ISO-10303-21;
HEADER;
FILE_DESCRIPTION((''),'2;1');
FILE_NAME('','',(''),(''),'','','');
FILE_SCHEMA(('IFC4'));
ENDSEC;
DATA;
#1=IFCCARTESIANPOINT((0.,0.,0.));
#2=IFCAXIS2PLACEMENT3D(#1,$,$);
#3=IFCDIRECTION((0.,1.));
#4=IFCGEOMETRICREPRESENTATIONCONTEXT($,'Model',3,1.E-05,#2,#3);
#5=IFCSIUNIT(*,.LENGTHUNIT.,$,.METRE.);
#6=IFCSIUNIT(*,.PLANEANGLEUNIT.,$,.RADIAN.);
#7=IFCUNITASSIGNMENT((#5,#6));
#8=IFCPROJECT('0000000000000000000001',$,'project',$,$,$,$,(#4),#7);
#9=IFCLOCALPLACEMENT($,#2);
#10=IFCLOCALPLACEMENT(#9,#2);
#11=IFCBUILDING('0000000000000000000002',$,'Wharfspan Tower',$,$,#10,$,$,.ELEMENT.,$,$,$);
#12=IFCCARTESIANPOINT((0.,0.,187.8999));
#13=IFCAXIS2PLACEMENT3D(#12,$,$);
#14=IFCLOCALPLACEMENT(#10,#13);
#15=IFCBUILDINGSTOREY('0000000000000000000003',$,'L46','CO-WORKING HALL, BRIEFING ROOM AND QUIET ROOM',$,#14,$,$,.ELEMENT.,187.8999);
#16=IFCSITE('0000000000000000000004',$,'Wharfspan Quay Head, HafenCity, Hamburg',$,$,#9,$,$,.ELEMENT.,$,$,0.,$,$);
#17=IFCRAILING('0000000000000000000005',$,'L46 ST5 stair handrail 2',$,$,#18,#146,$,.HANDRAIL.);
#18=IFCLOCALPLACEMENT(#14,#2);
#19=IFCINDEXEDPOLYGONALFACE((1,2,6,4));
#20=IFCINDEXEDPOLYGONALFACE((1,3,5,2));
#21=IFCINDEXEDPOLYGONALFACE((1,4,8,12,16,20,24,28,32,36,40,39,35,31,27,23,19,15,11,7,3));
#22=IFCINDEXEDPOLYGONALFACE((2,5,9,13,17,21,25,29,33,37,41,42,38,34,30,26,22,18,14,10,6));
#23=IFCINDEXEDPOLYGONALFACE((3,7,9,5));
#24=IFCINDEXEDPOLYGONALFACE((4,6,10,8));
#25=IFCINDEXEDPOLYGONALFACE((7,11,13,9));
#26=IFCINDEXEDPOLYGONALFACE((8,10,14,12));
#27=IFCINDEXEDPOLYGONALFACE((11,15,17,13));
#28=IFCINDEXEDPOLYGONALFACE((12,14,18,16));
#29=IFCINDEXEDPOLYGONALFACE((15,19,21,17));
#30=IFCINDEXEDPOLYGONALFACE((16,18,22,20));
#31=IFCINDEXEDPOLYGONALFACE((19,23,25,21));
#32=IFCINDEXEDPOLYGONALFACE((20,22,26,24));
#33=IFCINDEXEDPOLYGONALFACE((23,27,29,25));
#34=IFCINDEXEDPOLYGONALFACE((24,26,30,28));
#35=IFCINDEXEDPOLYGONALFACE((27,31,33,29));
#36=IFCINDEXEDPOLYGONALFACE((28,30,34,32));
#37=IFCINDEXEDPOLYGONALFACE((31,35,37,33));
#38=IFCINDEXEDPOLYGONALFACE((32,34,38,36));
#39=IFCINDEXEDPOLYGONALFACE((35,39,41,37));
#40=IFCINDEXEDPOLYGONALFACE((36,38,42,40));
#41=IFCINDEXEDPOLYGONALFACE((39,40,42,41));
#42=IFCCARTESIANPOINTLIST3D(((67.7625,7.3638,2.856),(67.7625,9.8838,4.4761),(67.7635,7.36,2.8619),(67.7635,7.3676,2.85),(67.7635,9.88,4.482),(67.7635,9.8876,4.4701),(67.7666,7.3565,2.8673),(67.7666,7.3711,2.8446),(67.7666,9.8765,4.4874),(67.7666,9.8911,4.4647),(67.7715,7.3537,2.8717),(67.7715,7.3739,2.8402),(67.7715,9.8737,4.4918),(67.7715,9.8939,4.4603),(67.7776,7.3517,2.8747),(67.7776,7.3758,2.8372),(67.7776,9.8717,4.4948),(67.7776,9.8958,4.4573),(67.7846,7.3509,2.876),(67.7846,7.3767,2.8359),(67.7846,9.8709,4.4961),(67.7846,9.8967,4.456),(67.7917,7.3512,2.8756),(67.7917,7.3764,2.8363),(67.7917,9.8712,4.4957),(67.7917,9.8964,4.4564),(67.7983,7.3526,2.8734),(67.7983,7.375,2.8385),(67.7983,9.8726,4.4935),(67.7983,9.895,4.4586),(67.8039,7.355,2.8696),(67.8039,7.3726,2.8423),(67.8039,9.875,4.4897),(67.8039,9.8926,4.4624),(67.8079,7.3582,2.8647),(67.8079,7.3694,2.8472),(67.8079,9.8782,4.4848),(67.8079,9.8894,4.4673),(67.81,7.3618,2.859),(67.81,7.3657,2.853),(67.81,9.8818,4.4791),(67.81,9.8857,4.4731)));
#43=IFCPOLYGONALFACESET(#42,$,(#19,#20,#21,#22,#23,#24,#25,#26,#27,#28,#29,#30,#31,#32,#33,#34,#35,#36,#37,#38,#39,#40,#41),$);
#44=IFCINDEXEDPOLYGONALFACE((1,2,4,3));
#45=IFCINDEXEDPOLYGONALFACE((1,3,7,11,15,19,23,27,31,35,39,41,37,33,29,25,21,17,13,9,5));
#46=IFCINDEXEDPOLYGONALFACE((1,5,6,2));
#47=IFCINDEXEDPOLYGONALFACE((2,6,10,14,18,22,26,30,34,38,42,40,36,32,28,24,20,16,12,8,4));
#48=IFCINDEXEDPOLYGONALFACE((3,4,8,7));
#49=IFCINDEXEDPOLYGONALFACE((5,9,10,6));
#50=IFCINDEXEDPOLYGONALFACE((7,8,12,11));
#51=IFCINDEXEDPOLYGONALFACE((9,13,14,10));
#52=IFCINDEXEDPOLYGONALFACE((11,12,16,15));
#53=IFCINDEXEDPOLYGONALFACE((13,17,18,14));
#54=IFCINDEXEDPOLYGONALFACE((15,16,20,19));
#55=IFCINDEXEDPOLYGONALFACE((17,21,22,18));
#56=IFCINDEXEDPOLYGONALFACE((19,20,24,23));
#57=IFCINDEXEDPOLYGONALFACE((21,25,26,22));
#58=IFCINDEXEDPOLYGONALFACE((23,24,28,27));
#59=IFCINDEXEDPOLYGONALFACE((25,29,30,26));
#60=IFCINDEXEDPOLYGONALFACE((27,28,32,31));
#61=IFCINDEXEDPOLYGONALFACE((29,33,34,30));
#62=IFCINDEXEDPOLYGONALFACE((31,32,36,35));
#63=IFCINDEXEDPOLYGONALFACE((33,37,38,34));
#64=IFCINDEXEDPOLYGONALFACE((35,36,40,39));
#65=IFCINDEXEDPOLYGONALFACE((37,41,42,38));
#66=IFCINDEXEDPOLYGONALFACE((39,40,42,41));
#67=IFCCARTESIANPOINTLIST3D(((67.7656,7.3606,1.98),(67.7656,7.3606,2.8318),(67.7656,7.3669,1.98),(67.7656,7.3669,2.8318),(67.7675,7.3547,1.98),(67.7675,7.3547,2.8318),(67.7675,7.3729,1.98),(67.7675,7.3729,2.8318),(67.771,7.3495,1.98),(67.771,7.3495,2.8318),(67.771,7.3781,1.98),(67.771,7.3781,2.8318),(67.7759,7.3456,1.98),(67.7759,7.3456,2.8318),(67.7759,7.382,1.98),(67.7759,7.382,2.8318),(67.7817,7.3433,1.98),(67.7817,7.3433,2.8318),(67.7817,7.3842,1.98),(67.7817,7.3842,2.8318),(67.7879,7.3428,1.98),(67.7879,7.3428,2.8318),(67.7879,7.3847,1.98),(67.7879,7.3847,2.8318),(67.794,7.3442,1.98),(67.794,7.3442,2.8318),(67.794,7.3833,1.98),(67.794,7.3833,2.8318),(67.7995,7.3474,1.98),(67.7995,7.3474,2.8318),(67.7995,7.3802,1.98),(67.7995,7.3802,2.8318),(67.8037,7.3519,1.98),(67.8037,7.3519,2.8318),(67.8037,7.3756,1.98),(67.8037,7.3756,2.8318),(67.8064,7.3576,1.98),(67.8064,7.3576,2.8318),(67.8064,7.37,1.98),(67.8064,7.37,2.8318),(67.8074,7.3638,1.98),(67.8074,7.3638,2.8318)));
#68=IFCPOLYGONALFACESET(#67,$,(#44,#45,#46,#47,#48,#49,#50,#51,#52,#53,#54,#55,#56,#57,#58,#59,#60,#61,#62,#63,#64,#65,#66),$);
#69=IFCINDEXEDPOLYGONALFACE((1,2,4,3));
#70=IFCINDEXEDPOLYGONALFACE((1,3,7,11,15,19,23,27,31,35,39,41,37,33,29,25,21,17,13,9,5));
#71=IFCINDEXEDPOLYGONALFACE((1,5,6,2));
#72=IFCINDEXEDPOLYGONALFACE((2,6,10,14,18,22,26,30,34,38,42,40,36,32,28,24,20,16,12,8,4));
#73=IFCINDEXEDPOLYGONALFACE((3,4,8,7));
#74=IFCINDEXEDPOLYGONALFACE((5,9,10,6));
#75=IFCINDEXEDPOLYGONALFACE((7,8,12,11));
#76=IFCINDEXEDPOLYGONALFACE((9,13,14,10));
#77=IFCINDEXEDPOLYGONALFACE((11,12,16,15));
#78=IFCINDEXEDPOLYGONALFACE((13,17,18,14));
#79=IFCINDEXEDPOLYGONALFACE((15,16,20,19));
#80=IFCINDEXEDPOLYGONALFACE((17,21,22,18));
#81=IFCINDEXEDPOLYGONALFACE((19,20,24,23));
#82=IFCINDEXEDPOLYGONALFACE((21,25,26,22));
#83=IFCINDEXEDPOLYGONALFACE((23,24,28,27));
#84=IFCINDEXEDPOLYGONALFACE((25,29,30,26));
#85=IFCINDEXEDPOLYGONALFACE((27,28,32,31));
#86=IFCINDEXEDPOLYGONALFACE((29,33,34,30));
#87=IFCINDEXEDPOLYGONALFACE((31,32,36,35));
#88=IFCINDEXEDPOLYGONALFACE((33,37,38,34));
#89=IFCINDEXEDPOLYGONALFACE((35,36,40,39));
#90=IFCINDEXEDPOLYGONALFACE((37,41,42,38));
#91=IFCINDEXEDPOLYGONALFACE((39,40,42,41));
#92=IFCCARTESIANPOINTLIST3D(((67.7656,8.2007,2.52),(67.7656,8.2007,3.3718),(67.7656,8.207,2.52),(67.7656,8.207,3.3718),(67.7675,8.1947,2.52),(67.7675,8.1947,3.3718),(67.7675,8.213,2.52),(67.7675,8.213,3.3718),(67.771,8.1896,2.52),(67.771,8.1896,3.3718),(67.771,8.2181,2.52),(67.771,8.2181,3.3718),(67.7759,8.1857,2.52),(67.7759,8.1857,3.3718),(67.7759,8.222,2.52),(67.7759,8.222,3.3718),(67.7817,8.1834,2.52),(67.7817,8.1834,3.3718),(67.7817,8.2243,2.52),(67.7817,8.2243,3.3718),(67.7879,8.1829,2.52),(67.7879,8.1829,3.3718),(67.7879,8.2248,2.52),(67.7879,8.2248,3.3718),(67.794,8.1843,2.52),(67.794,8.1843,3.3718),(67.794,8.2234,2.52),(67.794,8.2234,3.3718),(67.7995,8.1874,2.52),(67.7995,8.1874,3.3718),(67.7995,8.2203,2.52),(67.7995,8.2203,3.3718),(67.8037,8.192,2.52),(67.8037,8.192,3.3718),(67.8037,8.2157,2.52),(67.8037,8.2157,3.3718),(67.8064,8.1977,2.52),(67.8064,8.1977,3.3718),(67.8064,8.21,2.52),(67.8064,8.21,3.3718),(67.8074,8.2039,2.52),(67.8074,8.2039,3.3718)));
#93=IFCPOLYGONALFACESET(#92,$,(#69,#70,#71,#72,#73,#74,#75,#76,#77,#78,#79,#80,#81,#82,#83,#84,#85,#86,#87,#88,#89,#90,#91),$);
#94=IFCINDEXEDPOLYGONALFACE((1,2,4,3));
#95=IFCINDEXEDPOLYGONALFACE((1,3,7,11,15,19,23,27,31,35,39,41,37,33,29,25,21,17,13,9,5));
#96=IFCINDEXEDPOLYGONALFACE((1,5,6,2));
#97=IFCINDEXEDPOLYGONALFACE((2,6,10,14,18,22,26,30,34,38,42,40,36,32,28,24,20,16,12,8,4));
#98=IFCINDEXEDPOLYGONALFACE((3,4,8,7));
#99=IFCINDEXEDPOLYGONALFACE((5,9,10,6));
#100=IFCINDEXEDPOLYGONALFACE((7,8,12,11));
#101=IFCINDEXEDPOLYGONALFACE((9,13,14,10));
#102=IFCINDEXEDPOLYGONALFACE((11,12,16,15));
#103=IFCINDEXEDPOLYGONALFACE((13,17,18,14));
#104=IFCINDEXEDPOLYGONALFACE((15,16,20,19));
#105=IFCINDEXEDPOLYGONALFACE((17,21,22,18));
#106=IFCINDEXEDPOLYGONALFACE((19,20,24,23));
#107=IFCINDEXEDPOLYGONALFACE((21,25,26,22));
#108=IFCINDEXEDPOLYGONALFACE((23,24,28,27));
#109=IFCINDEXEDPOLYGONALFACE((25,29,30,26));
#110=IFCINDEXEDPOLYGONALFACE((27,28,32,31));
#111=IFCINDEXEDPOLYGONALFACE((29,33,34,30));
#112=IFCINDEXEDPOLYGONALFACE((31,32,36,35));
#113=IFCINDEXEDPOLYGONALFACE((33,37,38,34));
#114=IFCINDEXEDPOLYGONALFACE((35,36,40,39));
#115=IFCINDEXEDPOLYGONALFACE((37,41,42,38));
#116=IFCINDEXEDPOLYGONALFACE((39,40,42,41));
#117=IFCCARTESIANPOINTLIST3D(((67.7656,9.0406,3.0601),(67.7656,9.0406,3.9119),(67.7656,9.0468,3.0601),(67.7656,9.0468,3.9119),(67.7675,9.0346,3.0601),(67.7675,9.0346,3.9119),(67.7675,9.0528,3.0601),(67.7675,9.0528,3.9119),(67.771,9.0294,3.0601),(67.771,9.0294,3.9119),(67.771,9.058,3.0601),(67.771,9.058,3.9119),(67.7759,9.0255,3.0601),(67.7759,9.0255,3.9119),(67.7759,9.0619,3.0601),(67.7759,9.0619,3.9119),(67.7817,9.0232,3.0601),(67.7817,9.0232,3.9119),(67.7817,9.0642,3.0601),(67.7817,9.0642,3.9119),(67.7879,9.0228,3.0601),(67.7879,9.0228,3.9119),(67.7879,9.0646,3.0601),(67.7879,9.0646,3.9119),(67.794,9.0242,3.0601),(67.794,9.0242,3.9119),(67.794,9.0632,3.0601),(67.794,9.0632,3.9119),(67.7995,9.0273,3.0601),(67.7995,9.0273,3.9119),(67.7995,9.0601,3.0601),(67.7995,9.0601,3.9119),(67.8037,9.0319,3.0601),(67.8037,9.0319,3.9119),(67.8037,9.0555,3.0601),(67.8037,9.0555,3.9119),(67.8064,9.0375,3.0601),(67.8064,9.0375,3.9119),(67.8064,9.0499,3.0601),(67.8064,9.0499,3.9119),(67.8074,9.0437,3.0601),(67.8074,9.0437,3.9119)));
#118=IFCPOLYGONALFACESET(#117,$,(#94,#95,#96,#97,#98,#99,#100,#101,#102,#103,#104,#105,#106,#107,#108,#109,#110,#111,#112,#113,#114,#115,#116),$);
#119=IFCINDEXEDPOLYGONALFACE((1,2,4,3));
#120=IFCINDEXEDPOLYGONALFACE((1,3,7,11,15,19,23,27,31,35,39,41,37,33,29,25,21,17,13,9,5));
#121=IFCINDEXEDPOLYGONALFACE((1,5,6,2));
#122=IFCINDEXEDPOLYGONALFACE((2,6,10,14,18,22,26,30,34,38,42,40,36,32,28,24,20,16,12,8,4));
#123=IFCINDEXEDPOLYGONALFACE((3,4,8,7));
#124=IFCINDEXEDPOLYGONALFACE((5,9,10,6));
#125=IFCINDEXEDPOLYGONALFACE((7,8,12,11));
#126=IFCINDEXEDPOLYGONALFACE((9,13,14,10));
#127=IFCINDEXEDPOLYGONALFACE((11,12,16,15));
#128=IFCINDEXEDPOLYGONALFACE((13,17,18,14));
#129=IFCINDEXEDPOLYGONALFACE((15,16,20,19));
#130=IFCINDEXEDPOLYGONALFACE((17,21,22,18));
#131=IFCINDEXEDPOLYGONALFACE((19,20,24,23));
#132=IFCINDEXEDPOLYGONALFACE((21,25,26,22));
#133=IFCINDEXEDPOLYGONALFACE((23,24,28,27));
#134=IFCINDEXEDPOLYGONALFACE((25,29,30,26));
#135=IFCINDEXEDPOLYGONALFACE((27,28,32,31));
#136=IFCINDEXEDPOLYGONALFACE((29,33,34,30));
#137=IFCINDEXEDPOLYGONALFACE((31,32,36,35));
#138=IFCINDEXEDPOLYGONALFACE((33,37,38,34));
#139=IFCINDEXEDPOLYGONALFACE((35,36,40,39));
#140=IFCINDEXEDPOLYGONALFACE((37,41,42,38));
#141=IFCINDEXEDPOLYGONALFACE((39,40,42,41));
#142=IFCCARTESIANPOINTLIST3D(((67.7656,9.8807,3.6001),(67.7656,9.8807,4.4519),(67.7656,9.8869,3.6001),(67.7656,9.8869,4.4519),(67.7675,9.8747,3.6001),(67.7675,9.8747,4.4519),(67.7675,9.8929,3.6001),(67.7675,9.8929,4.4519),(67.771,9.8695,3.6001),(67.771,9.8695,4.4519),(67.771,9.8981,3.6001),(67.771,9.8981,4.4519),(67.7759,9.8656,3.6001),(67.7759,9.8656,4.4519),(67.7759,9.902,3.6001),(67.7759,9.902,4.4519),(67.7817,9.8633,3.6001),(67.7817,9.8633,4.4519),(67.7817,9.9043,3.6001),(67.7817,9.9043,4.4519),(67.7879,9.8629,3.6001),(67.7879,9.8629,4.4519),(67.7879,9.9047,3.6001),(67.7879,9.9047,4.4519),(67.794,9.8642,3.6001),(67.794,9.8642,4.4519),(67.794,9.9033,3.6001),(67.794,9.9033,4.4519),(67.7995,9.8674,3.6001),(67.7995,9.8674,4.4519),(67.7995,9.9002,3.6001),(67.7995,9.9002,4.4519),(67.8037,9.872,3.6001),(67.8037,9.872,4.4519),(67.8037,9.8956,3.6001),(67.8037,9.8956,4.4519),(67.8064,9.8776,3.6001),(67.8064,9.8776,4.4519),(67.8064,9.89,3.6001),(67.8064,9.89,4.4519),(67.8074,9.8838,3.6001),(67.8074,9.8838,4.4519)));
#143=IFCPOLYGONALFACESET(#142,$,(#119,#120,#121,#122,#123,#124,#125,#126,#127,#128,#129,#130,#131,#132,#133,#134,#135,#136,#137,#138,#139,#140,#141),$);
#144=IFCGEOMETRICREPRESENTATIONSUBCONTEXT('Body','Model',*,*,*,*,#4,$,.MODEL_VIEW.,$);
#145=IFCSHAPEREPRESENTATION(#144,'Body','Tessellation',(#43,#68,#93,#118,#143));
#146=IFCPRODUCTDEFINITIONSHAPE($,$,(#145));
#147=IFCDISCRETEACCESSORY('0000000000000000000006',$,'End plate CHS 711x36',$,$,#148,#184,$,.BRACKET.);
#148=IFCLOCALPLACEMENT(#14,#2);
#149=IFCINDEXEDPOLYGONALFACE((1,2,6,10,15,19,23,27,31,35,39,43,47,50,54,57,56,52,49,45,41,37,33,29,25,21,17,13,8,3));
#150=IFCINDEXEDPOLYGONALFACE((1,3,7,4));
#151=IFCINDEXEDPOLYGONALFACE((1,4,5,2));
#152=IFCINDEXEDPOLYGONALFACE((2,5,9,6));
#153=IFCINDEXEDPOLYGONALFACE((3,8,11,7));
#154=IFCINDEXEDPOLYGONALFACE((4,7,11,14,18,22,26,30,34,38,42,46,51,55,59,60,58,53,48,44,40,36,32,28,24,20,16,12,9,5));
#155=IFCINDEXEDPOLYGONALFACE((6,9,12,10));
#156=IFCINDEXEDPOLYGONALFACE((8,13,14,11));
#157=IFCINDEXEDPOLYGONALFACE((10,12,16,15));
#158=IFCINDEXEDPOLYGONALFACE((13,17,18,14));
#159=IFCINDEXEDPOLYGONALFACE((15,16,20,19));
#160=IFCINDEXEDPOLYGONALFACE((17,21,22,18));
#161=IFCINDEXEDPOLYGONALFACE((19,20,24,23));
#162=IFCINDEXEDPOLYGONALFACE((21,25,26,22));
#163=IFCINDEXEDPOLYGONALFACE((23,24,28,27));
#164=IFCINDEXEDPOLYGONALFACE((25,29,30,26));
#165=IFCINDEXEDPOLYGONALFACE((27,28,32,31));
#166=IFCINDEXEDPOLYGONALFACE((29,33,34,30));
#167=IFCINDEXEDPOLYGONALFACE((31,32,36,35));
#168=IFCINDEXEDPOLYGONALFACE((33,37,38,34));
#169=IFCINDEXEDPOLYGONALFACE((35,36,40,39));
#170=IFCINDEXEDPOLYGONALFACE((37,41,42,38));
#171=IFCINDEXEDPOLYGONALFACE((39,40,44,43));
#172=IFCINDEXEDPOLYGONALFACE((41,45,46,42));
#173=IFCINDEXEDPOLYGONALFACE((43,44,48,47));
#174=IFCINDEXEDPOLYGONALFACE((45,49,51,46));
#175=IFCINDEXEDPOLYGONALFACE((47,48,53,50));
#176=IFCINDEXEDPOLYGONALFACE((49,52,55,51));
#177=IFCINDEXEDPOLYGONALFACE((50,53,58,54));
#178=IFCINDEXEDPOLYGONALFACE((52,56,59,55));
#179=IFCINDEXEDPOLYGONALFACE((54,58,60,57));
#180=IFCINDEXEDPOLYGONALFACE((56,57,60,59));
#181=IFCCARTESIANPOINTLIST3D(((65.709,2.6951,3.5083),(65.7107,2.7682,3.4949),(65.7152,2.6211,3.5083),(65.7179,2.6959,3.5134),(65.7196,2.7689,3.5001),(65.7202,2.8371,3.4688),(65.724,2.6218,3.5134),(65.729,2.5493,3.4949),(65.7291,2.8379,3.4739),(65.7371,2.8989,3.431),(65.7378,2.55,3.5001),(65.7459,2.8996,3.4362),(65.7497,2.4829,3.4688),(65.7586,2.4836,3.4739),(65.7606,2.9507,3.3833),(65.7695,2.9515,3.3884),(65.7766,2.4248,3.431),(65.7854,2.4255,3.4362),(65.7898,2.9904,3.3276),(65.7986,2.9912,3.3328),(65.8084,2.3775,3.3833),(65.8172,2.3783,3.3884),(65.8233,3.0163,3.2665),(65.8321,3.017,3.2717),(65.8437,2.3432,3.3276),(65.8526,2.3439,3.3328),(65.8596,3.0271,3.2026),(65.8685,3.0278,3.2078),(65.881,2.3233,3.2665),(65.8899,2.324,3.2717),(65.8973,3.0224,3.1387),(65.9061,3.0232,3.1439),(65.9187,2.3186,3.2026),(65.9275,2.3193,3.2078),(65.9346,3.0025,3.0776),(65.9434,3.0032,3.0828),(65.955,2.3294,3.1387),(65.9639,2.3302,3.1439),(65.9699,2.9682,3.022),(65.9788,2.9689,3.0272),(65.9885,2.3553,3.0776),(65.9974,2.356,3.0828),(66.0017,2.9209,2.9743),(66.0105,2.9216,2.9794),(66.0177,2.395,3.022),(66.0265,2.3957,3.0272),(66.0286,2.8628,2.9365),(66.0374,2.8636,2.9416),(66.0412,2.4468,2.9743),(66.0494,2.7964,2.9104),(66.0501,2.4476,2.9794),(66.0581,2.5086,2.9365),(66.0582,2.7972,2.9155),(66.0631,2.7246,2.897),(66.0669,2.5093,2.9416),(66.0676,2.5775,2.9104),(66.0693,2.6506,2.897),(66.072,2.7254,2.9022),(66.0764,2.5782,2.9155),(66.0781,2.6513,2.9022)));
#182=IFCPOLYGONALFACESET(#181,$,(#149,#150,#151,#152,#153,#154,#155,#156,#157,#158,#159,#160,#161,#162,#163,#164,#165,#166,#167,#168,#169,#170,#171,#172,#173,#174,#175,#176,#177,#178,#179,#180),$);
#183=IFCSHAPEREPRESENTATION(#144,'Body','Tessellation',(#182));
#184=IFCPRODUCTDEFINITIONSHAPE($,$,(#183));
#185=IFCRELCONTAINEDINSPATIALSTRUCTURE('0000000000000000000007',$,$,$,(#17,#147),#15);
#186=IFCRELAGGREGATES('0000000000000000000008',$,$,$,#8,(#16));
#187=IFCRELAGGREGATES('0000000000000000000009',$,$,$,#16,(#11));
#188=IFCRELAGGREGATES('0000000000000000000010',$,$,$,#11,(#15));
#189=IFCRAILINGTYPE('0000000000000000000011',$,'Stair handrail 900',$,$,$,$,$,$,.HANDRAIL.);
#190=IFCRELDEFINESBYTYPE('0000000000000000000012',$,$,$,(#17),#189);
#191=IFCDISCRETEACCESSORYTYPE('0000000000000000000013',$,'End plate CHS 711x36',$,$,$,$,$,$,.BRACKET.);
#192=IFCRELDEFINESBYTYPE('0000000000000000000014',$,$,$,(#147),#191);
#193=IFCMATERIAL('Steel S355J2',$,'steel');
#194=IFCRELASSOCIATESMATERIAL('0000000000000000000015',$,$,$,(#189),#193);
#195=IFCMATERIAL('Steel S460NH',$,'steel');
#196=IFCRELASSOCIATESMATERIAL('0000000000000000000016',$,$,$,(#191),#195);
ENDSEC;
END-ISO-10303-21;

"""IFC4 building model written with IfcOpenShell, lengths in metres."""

from ifc_helpers import new_model, si_unit, direction, frame, origin, origin_2d, place, context, subcontext, project, spatial, circle, extrude, material, material_profile, profile_set, type_object, element, save


model = new_model("IFC4")

# Units and contexts
model_context = context("Model", 3, precision=1e-05, world=origin(), true_north=direction((0.0, 1.0)))
body_context = subcontext(model_context, "Body", "Model", "MODEL_VIEW")
ifc_project = project(units=[si_unit("LENGTHUNIT", "METRE"), si_unit("PLANEANGLEUNIT", "RADIAN")], contexts=[model_context])

# Site, building, storey
site_placement = place(None, origin())
site = spatial("IfcSite", under=ifc_project, at=site_placement, Name="Wharfspan Quay Head, HafenCity, Hamburg", CompositionType="ELEMENT", RefElevation=0.0)
building_placement = place(site_placement, origin())
building = spatial("IfcBuilding", under=site, at=building_placement, Name="Wharfspan Tower", CompositionType="ELEMENT")
storey_placement = place(building_placement, frame((0.0, 0.0, 187.8999)))
storey = spatial("IfcBuildingStorey", under=building, at=storey_placement, Name="L46", Description="CO-WORKING HALL, BRIEFING ROOM AND QUIET ROOM", CompositionType="ELEMENT", Elevation=187.8999)

# Shared definitions
ifc_material_1 = material(Name="Steel S355J2", Category="steel")

# Shared definitions
ifc_material_2 = material(Name="Steel S460NH", Category="steel")

# Railing
railing_type_1 = type_object("IfcRailingType", Name="Stair handrail 900", PredefinedType="HANDRAIL", material=ifc_material_1)
railing_1_placement = place(storey_placement, frame((67.7864, 7.3638, 1.98)))
element("IfcRailing", 1, at=railing_1_placement, inside=storey, type_object=railing_type_1, Name="L46 ST5 stair handrail 2", PredefinedType="HANDRAIL", context=body_context, shape_type="SweptSolid", body=[
    extrude(circle(Radius=0.0239, at=origin_2d()), frame((0.0, 0.0, 0.876), z_axis=(0.0, 0.841163, 0.540782), x_axis=(-1.0, 0.0, 0.0)), (0.0, 0.0, 1.0), 2.9958),
    extrude(circle(Radius=0.021, at=origin_2d()), origin(), (0.0, 0.0, 1.0), 0.8518),
    extrude(circle(Radius=0.021, at=origin_2d()), frame((0.0, 0.8401, 0.54)), (0.0, 0.0, 1.0), 0.8518),
    extrude(circle(Radius=0.021, at=origin_2d()), frame((0.0, 1.6799, 1.0801)), (0.0, 0.0, 1.0), 0.8518),
    extrude(circle(Radius=0.021, at=origin_2d()), frame((0.0, 2.52, 1.6201)), (0.0, 0.0, 1.0), 0.8518),
])

# Discrete accessory
ifc_material_profile_1 = material_profile(ifc_material_2, circle(Radius=0.3555, at=origin_2d()))
ifc_profile_set_1 = profile_set([ifc_material_profile_1], Name="Steel S460NH")
discrete_accessory_type = type_object("IfcDiscreteAccessoryType", Name="End plate CHS 711x36", PredefinedType="BRACKET", material=ifc_profile_set_1)
discrete_accessory_1_placement = place(storey_placement, frame((65.8892, 2.6729, 3.2026), z_axis=(0.86155, 0.071796, 0.502571), x_axis=(-0.083046, 0.99655, 0.0)))
element("IfcDiscreteAccessory", 2, at=discrete_accessory_1_placement, inside=storey, type_object=discrete_accessory_type, Name="End plate CHS 711x36", PredefinedType="BRACKET", context=body_context, shape_type="SweptSolid", body=[
    extrude(circle(Radius=0.3555, at=origin_2d()), origin(), (0.0, 0.0, 1.0), 0.0103),
])

save(model, "model.ifc")
